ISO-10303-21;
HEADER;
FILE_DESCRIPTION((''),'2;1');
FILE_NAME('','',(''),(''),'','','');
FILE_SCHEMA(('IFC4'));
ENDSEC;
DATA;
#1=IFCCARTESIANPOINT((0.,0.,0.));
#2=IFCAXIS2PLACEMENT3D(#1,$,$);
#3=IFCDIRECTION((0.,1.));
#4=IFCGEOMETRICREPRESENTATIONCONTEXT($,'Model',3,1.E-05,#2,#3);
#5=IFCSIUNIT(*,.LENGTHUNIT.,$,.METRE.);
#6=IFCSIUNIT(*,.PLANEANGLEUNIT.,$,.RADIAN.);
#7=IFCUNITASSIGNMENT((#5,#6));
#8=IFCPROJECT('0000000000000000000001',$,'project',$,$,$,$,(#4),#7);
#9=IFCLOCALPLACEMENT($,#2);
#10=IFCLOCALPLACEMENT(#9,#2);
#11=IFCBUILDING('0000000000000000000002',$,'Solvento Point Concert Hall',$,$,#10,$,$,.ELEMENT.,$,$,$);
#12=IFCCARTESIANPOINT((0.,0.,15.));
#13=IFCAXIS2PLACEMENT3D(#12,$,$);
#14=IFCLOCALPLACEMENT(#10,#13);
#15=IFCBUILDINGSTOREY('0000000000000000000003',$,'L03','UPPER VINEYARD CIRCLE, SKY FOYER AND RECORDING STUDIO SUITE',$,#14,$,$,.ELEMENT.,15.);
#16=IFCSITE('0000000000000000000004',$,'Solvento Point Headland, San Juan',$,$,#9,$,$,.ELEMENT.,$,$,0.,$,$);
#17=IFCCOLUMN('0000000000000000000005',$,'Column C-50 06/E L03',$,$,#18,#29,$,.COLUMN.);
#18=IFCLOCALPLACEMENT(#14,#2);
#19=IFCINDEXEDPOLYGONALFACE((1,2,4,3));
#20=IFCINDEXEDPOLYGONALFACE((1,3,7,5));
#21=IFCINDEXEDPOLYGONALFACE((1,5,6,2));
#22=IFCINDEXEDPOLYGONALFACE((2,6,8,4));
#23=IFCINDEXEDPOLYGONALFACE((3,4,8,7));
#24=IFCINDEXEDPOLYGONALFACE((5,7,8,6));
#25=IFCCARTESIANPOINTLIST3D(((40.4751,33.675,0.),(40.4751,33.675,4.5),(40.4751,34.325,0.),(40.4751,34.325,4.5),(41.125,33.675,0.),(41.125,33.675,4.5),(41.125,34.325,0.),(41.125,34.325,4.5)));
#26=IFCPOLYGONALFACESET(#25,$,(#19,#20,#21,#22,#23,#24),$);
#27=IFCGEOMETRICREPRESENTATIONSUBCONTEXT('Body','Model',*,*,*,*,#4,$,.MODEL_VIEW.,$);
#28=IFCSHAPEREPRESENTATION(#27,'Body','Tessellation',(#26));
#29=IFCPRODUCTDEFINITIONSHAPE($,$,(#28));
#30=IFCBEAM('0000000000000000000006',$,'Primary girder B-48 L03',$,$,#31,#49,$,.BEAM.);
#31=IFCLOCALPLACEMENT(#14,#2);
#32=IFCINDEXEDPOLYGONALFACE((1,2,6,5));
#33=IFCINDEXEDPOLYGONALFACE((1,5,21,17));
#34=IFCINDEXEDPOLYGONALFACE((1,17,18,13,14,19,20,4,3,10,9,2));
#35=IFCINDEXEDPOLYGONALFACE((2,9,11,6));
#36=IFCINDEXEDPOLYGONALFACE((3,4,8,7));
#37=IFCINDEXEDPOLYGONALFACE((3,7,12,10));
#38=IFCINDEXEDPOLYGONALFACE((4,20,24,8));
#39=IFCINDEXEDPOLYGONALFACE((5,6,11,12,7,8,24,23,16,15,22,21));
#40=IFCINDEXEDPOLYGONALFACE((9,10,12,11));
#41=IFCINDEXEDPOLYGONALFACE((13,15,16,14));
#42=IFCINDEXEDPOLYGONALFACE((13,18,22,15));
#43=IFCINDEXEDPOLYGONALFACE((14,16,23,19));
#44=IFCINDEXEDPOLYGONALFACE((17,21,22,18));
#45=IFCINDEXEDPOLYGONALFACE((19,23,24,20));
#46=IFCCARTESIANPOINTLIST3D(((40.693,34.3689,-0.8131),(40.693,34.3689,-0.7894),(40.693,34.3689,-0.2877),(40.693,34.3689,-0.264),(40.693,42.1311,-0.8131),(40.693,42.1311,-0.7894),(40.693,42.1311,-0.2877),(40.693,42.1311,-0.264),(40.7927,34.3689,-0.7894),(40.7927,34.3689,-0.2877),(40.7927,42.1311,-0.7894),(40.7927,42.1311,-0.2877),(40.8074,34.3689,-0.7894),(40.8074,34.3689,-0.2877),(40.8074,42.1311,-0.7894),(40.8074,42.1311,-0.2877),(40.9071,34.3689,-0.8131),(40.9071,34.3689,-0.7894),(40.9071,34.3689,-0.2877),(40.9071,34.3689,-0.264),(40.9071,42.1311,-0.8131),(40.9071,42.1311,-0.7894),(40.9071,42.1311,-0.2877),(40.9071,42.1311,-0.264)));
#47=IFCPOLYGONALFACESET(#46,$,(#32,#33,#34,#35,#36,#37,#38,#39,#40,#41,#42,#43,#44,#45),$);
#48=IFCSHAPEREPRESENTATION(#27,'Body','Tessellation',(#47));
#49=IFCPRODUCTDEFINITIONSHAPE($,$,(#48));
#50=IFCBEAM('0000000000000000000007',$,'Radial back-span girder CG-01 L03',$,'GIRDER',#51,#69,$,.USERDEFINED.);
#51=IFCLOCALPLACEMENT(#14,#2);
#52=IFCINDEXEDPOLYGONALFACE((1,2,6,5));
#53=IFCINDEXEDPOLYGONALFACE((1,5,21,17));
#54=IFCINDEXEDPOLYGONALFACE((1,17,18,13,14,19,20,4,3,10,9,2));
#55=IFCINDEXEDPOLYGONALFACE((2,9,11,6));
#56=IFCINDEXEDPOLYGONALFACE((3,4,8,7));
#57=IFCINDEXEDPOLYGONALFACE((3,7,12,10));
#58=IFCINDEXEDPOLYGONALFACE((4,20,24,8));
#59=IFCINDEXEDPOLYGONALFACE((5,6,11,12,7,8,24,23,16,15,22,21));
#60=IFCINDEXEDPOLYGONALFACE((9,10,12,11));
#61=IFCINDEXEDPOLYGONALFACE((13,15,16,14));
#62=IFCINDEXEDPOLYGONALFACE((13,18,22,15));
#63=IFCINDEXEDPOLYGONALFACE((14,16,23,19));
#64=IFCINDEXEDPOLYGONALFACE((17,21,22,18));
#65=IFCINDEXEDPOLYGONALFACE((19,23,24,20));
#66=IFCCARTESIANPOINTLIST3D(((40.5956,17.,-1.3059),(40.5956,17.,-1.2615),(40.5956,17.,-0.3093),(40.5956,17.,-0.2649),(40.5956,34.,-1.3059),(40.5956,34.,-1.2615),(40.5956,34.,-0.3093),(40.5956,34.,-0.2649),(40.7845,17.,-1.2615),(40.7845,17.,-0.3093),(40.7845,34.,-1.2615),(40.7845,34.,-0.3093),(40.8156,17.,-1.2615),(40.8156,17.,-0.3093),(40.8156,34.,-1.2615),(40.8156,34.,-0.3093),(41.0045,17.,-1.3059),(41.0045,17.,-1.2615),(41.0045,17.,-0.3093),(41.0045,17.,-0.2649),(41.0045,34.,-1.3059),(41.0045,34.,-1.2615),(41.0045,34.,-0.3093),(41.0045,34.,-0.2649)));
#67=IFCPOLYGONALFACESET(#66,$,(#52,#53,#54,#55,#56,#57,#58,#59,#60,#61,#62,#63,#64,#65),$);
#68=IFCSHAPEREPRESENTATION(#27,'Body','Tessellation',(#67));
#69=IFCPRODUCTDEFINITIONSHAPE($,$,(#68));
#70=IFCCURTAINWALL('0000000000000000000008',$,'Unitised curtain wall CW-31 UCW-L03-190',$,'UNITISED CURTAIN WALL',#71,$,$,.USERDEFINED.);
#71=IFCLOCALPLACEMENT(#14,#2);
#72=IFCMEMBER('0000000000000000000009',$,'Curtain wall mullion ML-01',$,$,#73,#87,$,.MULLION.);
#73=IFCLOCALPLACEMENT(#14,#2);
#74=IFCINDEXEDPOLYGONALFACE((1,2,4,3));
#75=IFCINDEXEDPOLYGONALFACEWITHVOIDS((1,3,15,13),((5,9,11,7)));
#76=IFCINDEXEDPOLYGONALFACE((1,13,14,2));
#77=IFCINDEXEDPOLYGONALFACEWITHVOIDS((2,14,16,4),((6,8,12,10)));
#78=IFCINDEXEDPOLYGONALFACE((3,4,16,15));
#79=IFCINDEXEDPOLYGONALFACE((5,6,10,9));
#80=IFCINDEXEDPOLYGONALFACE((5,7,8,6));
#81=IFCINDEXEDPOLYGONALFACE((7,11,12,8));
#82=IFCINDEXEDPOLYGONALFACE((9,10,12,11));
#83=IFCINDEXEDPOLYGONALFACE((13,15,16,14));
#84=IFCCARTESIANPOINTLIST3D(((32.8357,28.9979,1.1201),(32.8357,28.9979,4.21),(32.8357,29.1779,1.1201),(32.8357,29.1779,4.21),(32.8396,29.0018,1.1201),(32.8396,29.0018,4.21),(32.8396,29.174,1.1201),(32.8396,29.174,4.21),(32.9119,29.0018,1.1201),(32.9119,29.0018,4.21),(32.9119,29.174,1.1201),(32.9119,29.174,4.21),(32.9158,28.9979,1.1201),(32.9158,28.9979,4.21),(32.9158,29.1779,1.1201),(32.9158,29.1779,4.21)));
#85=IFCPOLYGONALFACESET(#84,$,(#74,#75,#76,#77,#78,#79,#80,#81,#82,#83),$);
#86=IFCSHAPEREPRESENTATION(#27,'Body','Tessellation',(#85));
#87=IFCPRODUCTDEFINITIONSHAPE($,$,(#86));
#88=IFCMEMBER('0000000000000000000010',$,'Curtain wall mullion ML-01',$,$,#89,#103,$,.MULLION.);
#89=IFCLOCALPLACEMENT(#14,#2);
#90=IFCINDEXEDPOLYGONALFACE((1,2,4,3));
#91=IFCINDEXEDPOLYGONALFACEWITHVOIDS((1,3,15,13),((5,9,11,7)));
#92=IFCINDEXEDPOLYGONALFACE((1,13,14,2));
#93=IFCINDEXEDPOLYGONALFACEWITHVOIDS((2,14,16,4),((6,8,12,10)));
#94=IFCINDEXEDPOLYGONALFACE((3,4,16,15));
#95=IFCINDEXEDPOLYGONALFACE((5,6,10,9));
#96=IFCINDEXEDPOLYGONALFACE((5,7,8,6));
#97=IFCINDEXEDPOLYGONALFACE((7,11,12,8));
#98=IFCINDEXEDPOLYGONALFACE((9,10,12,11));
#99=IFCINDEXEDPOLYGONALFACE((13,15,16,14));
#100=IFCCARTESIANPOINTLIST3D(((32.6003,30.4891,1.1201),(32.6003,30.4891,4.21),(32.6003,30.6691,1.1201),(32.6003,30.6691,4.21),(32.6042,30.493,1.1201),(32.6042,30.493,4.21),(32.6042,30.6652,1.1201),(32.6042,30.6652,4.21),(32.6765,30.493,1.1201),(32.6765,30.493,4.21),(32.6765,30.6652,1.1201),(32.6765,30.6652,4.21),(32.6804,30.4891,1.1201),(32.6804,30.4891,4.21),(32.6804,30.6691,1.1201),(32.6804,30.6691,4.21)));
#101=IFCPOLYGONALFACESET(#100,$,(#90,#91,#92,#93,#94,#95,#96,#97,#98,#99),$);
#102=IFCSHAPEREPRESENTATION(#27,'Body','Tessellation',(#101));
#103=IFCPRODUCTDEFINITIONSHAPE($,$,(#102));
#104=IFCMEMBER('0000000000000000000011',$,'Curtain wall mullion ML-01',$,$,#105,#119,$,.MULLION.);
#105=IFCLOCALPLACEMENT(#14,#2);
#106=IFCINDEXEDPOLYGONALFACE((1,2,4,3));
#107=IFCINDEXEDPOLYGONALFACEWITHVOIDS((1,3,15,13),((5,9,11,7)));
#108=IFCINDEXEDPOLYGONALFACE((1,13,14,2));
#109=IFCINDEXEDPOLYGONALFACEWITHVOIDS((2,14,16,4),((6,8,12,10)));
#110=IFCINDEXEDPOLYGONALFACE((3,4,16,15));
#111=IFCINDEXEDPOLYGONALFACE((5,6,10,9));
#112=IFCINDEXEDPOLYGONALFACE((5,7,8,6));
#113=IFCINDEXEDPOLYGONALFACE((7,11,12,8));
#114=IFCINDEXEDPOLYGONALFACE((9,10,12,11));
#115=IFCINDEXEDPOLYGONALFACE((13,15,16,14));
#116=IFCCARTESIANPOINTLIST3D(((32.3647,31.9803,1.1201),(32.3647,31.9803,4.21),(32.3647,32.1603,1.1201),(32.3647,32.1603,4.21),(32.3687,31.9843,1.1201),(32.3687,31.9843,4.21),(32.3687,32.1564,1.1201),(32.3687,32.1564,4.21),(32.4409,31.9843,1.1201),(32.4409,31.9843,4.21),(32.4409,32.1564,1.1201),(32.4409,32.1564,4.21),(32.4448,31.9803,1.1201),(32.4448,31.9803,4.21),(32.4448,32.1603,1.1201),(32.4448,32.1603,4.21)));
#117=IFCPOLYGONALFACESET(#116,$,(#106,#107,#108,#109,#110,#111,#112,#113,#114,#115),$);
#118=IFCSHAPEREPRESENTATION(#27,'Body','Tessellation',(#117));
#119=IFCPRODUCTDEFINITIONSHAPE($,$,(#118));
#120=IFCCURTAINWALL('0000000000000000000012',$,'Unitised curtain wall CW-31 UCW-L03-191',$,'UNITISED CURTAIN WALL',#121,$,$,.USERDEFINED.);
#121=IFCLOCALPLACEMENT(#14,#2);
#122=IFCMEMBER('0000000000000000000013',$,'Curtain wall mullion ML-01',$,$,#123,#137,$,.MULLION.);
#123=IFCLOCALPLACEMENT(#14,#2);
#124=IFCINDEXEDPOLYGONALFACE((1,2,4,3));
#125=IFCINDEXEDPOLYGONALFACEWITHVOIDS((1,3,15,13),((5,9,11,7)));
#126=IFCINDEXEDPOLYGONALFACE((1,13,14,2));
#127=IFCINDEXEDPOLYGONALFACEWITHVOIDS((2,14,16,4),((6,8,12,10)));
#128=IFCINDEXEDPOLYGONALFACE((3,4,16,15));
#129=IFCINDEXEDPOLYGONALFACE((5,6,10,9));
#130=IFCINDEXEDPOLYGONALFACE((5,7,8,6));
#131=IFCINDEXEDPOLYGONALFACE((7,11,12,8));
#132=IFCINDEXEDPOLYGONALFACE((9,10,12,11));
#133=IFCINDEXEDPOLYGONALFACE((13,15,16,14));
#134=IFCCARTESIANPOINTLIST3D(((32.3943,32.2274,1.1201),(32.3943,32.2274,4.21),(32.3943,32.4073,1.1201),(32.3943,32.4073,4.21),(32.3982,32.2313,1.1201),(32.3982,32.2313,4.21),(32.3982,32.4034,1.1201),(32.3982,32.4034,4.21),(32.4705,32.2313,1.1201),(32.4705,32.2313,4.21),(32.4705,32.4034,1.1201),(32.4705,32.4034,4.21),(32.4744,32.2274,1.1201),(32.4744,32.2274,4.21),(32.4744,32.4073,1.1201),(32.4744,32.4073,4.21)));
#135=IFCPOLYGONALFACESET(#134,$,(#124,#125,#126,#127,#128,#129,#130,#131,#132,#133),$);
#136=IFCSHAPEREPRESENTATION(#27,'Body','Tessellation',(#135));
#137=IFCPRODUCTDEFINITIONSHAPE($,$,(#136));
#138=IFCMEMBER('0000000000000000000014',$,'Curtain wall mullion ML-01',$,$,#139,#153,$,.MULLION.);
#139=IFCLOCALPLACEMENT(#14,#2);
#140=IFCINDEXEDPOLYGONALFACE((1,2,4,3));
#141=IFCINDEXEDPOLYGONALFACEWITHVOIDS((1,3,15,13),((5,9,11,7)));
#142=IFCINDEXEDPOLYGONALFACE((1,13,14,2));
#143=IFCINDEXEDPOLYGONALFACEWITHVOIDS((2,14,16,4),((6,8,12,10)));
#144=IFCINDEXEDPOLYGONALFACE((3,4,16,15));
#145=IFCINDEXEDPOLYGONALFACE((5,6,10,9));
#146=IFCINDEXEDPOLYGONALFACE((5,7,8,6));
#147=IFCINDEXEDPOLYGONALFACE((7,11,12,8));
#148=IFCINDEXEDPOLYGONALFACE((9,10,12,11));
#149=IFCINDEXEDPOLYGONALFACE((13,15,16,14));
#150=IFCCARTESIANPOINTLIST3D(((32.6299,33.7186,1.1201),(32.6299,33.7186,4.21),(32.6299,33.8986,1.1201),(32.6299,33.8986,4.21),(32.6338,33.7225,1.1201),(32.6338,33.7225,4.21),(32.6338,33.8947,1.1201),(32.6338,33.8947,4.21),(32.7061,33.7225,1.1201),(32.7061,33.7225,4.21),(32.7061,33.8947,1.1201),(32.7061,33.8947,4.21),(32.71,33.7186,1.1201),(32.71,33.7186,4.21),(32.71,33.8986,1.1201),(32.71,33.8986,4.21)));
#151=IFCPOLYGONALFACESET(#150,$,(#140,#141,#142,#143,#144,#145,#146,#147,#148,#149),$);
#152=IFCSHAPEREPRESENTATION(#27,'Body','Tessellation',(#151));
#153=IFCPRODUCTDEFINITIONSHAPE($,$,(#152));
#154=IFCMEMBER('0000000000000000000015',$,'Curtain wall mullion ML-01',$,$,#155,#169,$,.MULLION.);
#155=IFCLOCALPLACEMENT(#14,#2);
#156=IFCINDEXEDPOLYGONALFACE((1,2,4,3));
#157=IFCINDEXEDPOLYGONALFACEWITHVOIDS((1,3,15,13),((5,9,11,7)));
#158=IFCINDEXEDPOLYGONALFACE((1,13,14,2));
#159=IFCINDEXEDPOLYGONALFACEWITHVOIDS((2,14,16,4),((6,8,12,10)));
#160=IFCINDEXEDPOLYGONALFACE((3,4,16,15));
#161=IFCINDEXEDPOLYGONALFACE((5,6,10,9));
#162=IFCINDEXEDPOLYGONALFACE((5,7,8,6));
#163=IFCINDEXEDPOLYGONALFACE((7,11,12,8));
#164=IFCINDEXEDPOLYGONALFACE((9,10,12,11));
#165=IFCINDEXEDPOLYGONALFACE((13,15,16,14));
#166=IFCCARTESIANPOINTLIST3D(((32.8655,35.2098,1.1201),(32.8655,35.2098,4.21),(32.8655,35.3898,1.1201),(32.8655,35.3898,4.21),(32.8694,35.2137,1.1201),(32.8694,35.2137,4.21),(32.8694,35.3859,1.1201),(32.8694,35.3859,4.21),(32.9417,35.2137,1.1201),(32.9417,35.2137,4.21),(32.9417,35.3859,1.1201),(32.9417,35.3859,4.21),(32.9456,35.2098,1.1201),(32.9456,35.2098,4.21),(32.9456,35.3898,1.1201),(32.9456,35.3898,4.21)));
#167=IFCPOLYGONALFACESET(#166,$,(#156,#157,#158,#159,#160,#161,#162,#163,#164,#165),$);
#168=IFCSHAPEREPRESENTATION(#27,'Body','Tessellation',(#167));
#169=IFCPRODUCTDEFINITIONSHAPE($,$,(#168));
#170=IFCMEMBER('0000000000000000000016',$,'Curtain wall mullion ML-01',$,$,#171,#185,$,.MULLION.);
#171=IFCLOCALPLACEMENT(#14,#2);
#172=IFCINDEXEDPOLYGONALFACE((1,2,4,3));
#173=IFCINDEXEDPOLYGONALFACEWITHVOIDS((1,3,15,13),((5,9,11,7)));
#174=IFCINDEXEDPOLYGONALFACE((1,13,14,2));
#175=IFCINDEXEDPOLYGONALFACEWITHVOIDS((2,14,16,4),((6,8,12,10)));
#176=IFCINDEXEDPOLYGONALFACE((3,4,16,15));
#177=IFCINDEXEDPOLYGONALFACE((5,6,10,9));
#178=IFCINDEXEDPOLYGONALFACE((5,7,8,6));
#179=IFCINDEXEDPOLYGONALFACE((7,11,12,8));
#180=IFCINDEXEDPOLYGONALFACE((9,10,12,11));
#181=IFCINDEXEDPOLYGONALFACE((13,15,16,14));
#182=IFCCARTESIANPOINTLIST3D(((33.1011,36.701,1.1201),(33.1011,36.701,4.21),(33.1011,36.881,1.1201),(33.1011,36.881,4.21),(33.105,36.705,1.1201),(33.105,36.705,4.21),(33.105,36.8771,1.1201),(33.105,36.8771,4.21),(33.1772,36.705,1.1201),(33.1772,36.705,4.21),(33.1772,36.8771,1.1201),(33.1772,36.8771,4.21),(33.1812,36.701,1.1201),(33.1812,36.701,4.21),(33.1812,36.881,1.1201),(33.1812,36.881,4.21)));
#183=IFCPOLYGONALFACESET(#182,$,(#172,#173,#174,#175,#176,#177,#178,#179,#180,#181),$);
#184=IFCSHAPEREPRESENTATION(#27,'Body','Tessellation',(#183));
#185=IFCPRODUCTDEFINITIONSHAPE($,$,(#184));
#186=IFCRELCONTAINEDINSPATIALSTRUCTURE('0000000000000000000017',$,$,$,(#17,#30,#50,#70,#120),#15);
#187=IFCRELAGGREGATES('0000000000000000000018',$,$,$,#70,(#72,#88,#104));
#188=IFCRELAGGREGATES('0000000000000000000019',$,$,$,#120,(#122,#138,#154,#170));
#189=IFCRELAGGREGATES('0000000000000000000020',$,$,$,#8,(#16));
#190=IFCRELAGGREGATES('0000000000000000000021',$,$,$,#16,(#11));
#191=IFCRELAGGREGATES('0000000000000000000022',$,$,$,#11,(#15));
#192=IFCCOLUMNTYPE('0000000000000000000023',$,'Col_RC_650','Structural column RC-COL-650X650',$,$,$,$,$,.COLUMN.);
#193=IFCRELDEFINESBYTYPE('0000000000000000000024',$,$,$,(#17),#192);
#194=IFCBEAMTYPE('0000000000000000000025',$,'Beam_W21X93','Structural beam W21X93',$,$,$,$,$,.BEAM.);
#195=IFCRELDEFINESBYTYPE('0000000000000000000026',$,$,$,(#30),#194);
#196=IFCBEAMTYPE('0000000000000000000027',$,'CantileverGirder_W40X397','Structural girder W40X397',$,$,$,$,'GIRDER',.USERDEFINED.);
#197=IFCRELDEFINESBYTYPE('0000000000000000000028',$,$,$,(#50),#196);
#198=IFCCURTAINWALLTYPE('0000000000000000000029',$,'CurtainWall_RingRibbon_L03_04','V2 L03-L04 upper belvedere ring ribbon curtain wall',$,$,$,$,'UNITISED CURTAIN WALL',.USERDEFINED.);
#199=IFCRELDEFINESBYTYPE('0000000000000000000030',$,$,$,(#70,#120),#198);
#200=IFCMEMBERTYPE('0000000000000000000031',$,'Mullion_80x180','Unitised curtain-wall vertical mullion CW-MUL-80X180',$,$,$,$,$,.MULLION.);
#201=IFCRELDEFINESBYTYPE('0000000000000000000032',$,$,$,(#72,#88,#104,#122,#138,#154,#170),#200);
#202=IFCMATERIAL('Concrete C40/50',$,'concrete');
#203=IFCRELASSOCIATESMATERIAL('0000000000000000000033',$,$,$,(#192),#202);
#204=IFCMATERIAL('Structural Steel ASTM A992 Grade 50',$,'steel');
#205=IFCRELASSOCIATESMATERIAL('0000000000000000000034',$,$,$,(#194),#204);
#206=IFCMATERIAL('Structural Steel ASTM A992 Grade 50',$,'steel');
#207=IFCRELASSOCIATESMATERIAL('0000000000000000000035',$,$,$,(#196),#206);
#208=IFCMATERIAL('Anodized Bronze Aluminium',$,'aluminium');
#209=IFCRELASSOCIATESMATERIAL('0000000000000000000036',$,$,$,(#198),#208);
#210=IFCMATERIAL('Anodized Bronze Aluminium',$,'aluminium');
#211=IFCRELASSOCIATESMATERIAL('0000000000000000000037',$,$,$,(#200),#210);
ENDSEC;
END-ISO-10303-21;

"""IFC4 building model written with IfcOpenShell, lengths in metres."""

from ifc_helpers import new_model, si_unit, direction, frame, origin, origin_2d, place, context, subcontext, project, spatial, rectangle, hollow_rectangle, i_section, extrude, material, material_profile, profile_set, type_object, element, aggregate, save


model = new_model("IFC4")

# Units and contexts
model_context = context("Model", 3, precision=1e-05, world=origin(), true_north=direction((0.0, 1.0)))
body_context = subcontext(model_context, "Body", "Model", "MODEL_VIEW")
ifc_project = project(units=[si_unit("LENGTHUNIT", "METRE"), si_unit("PLANEANGLEUNIT", "RADIAN")], contexts=[model_context])

# Site, building, storey
site_placement = place(None, origin())
site = spatial("IfcSite", under=ifc_project, at=site_placement, Name="Solvento Point Headland, San Juan", CompositionType="ELEMENT", RefElevation=0.0)
building_placement = place(site_placement, origin())
building = spatial("IfcBuilding", under=site, at=building_placement, Name="Solvento Point Concert Hall", CompositionType="ELEMENT")
storey_placement = place(building_placement, frame((0.0, 0.0, 15.0)))
storey = spatial("IfcBuildingStorey", under=building, at=storey_placement, Name="L03", Description="UPPER VINEYARD CIRCLE, SKY FOYER AND RECORDING STUDIO SUITE", CompositionType="ELEMENT", Elevation=15.0)

# Column
ifc_material_1 = material(Name="Concrete C40/50", Category="concrete")
ifc_material_profile_1 = material_profile(ifc_material_1, rectangle(XDim=0.6499, YDim=0.6499, at=origin_2d()), Name="RC-COL-650X650")
ifc_profile_set_1 = profile_set([ifc_material_profile_1], Name="Concrete C40/50")
column_type = type_object("IfcColumnType", Name="Col_RC_650", Description="Structural column RC-COL-650X650", PredefinedType="COLUMN", material=ifc_profile_set_1)
column_placement = place(storey_placement, frame((40.8, 34.0, 0.0), z_axis=(0.0, 0.0, 1.0), x_axis=(1.0, 0.0, 0.0)))
element("IfcColumn", 1, at=column_placement, inside=storey, type_object=column_type, Name="Column C-50 06/E L03", PredefinedType="COLUMN", context=body_context, shape_type="SweptSolid", body=[
    extrude(rectangle(XDim=0.6499, YDim=0.6499, at=origin_2d()), origin(), (0.0, 0.0, 1.0), 4.5),
])

# Beams
ifc_material_2 = material(Name="Structural Steel ASTM A992 Grade 50", Category="steel")
ifc_material_profile_2 = material_profile(ifc_material_2, i_section(OverallWidth=0.2141, OverallDepth=0.5491, WebThickness=0.0146, FlangeThickness=0.0237, at=origin_2d()), Name="W21X93")
ifc_profile_set_2 = profile_set([ifc_material_profile_2], Name="Structural Steel ASTM A992 Grade 50")
beam_type_1 = type_object("IfcBeamType", Name="Beam_W21X93", Description="Structural beam W21X93", PredefinedType="BEAM", material=ifc_profile_set_2)
beam_1_placement = place(storey_placement, frame((40.8, 34.3689, -0.5386), z_axis=(0.0, 1.0, 0.0), x_axis=(-1.0, 0.0, 0.0)))
element("IfcBeam", 2, at=beam_1_placement, inside=storey, type_object=beam_type_1, Name="Primary girder B-48 L03", PredefinedType="BEAM", context=body_context, shape_type="SweptSolid", body=[
    extrude(i_section(OverallWidth=0.2141, OverallDepth=0.5491, WebThickness=0.0146, FlangeThickness=0.0237, at=origin_2d()), origin(), (0.0, 0.0, 1.0), 7.7622),
])
ifc_material_3 = material(Name="Structural Steel ASTM A992 Grade 50", Category="steel")
ifc_material_profile_3 = material_profile(ifc_material_3, i_section(OverallWidth=0.4089, OverallDepth=1.041, WebThickness=0.031, FlangeThickness=0.0444, at=origin_2d()), Name="W40X397")
ifc_profile_set_3 = profile_set([ifc_material_profile_3], Name="Structural Steel ASTM A992 Grade 50")
beam_type_2 = type_object("IfcBeamType", Name="CantileverGirder_W40X397", Description="Structural girder W40X397", ElementType="GIRDER", PredefinedType="USERDEFINED", material=ifc_profile_set_3)
beam_2_placement = place(storey_placement, frame((40.8, 34.0, -0.7854), z_axis=(0.0, -1.0, 0.0), x_axis=(1.0, 0.0, 0.0)))
element("IfcBeam", 3, at=beam_2_placement, inside=storey, type_object=beam_type_2, Name="Radial back-span girder CG-01 L03", ObjectType="GIRDER", PredefinedType="USERDEFINED", context=body_context, shape_type="SweptSolid", body=[
    extrude(i_section(OverallWidth=0.4089, OverallDepth=1.041, WebThickness=0.031, FlangeThickness=0.0444, at=origin_2d()), origin(), (0.0, 0.0, 1.0), 17.0),
])

# Curtain walls, members
ifc_material_4 = material(Name="Anodized Bronze Aluminium", Category="aluminium")
curtain_wall_type = type_object("IfcCurtainWallType", Name="CurtainWall_RingRibbon_L03_04", Description="V2 L03-L04 upper belvedere ring ribbon curtain wall", ElementType="UNITISED CURTAIN WALL", PredefinedType="USERDEFINED", material=ifc_material_4)
curtain_wall_1_placement = place(storey_placement, origin())
curtain_wall_1 = element("IfcCurtainWall", 4, at=curtain_wall_1_placement, inside=storey, type_object=curtain_wall_type, Name="Unitised curtain wall CW-31 UCW-L03-190", ObjectType="UNITISED CURTAIN WALL", PredefinedType="USERDEFINED")
ifc_material_5 = material(Name="Anodized Bronze Aluminium", Category="aluminium")
ifc_material_profile_4 = material_profile(ifc_material_5, hollow_rectangle(XDim=0.0801, YDim=0.1799, WallThickness=0.0039, at=origin_2d()), Name="CW-MUL-80X180")
ifc_profile_set_4 = profile_set([ifc_material_profile_4], Name="Anodized Bronze Aluminium")
member_type_1 = type_object("IfcMemberType", Name="Mullion_80x180", Description="Unitised curtain-wall vertical mullion CW-MUL-80X180", PredefinedType="MULLION", material=ifc_profile_set_4)
member_1_placement = place(storey_placement, frame((32.8757, 29.0879, 1.1201), z_axis=(0.0, 0.0, 1.0), x_axis=(1.0, 0.0, 0.0)))
member_1 = element("IfcMember", 5, at=member_1_placement, type_object=member_type_1, Name="Curtain wall mullion ML-01", PredefinedType="MULLION", context=body_context, shape_type="SweptSolid", body=[
    extrude(hollow_rectangle(XDim=0.0801, YDim=0.1799, WallThickness=0.0039, at=origin_2d()), origin(), (0.0, 0.0, 1.0), 3.0898),
])
member_2_placement = place(storey_placement, frame((32.6404, 30.5791, 1.1201), z_axis=(0.0, 0.0, 1.0), x_axis=(1.0, 0.0, 0.0)))
member_2 = element("IfcMember", 6, at=member_2_placement, type_object=member_type_1, Name="Curtain wall mullion ML-01", PredefinedType="MULLION", context=body_context, shape_type="SweptSolid", body=[
    extrude(hollow_rectangle(XDim=0.0801, YDim=0.1799, WallThickness=0.0039, at=origin_2d()), origin(), (0.0, 0.0, 1.0), 3.0898),
])
member_3_placement = place(storey_placement, frame((32.4048, 32.0703, 1.1201), z_axis=(0.0, 0.0, 1.0), x_axis=(1.0, 0.0, 0.0)))
member_3 = element("IfcMember", 7, at=member_3_placement, type_object=member_type_1, Name="Curtain wall mullion ML-01", PredefinedType="MULLION", context=body_context, shape_type="SweptSolid", body=[
    extrude(hollow_rectangle(XDim=0.0801, YDim=0.1799, WallThickness=0.0039, at=origin_2d()), origin(), (0.0, 0.0, 1.0), 3.0898),
])
curtain_wall_2_placement = place(storey_placement, origin())
curtain_wall_2 = element("IfcCurtainWall", 8, at=curtain_wall_2_placement, inside=storey, type_object=curtain_wall_type, Name="Unitised curtain wall CW-31 UCW-L03-191", ObjectType="UNITISED CURTAIN WALL", PredefinedType="USERDEFINED")
member_4_placement = place(storey_placement, frame((32.4343, 32.3174, 1.1201), z_axis=(0.0, 0.0, 1.0), x_axis=(1.0, 0.0, 0.0)))
member_4 = element("IfcMember", 9, at=member_4_placement, type_object=member_type_1, Name="Curtain wall mullion ML-01", PredefinedType="MULLION", context=body_context, shape_type="SweptSolid", body=[
    extrude(hollow_rectangle(XDim=0.0801, YDim=0.1799, WallThickness=0.0039, at=origin_2d()), origin(), (0.0, 0.0, 1.0), 3.0898),
])
member_5_placement = place(storey_placement, frame((32.6699, 33.8086, 1.1201), z_axis=(0.0, 0.0, 1.0), x_axis=(1.0, 0.0, 0.0)))
member_5 = element("IfcMember", 10, at=member_5_placement, type_object=member_type_1, Name="Curtain wall mullion ML-01", PredefinedType="MULLION", context=body_context, shape_type="SweptSolid", body=[
    extrude(hollow_rectangle(XDim=0.0801, YDim=0.1799, WallThickness=0.0039, at=origin_2d()), origin(), (0.0, 0.0, 1.0), 3.0898),
])
member_6_placement = place(storey_placement, frame((32.9055, 35.2998, 1.1201), z_axis=(0.0, 0.0, 1.0), x_axis=(1.0, 0.0, 0.0)))
member_6 = element("IfcMember", 11, at=member_6_placement, type_object=member_type_1, Name="Curtain wall mullion ML-01", PredefinedType="MULLION", context=body_context, shape_type="SweptSolid", body=[
    extrude(hollow_rectangle(XDim=0.0801, YDim=0.1799, WallThickness=0.0039, at=origin_2d()), origin(), (0.0, 0.0, 1.0), 3.0898),
])
member_7_placement = place(storey_placement, frame((33.1411, 36.791, 1.1201), z_axis=(0.0, 0.0, 1.0), x_axis=(1.0, 0.0, 0.0)))
member_7 = element("IfcMember", 12, at=member_7_placement, type_object=member_type_1, Name="Curtain wall mullion ML-01", PredefinedType="MULLION", context=body_context, shape_type="SweptSolid", body=[
    extrude(hollow_rectangle(XDim=0.0801, YDim=0.1799, WallThickness=0.0039, at=origin_2d()), origin(), (0.0, 0.0, 1.0), 3.0898),
])

aggregate(curtain_wall_1, [member_1, member_2, member_3])
aggregate(curtain_wall_2, [member_4, member_5, member_6, member_7])

save(model, "model.ifc")
